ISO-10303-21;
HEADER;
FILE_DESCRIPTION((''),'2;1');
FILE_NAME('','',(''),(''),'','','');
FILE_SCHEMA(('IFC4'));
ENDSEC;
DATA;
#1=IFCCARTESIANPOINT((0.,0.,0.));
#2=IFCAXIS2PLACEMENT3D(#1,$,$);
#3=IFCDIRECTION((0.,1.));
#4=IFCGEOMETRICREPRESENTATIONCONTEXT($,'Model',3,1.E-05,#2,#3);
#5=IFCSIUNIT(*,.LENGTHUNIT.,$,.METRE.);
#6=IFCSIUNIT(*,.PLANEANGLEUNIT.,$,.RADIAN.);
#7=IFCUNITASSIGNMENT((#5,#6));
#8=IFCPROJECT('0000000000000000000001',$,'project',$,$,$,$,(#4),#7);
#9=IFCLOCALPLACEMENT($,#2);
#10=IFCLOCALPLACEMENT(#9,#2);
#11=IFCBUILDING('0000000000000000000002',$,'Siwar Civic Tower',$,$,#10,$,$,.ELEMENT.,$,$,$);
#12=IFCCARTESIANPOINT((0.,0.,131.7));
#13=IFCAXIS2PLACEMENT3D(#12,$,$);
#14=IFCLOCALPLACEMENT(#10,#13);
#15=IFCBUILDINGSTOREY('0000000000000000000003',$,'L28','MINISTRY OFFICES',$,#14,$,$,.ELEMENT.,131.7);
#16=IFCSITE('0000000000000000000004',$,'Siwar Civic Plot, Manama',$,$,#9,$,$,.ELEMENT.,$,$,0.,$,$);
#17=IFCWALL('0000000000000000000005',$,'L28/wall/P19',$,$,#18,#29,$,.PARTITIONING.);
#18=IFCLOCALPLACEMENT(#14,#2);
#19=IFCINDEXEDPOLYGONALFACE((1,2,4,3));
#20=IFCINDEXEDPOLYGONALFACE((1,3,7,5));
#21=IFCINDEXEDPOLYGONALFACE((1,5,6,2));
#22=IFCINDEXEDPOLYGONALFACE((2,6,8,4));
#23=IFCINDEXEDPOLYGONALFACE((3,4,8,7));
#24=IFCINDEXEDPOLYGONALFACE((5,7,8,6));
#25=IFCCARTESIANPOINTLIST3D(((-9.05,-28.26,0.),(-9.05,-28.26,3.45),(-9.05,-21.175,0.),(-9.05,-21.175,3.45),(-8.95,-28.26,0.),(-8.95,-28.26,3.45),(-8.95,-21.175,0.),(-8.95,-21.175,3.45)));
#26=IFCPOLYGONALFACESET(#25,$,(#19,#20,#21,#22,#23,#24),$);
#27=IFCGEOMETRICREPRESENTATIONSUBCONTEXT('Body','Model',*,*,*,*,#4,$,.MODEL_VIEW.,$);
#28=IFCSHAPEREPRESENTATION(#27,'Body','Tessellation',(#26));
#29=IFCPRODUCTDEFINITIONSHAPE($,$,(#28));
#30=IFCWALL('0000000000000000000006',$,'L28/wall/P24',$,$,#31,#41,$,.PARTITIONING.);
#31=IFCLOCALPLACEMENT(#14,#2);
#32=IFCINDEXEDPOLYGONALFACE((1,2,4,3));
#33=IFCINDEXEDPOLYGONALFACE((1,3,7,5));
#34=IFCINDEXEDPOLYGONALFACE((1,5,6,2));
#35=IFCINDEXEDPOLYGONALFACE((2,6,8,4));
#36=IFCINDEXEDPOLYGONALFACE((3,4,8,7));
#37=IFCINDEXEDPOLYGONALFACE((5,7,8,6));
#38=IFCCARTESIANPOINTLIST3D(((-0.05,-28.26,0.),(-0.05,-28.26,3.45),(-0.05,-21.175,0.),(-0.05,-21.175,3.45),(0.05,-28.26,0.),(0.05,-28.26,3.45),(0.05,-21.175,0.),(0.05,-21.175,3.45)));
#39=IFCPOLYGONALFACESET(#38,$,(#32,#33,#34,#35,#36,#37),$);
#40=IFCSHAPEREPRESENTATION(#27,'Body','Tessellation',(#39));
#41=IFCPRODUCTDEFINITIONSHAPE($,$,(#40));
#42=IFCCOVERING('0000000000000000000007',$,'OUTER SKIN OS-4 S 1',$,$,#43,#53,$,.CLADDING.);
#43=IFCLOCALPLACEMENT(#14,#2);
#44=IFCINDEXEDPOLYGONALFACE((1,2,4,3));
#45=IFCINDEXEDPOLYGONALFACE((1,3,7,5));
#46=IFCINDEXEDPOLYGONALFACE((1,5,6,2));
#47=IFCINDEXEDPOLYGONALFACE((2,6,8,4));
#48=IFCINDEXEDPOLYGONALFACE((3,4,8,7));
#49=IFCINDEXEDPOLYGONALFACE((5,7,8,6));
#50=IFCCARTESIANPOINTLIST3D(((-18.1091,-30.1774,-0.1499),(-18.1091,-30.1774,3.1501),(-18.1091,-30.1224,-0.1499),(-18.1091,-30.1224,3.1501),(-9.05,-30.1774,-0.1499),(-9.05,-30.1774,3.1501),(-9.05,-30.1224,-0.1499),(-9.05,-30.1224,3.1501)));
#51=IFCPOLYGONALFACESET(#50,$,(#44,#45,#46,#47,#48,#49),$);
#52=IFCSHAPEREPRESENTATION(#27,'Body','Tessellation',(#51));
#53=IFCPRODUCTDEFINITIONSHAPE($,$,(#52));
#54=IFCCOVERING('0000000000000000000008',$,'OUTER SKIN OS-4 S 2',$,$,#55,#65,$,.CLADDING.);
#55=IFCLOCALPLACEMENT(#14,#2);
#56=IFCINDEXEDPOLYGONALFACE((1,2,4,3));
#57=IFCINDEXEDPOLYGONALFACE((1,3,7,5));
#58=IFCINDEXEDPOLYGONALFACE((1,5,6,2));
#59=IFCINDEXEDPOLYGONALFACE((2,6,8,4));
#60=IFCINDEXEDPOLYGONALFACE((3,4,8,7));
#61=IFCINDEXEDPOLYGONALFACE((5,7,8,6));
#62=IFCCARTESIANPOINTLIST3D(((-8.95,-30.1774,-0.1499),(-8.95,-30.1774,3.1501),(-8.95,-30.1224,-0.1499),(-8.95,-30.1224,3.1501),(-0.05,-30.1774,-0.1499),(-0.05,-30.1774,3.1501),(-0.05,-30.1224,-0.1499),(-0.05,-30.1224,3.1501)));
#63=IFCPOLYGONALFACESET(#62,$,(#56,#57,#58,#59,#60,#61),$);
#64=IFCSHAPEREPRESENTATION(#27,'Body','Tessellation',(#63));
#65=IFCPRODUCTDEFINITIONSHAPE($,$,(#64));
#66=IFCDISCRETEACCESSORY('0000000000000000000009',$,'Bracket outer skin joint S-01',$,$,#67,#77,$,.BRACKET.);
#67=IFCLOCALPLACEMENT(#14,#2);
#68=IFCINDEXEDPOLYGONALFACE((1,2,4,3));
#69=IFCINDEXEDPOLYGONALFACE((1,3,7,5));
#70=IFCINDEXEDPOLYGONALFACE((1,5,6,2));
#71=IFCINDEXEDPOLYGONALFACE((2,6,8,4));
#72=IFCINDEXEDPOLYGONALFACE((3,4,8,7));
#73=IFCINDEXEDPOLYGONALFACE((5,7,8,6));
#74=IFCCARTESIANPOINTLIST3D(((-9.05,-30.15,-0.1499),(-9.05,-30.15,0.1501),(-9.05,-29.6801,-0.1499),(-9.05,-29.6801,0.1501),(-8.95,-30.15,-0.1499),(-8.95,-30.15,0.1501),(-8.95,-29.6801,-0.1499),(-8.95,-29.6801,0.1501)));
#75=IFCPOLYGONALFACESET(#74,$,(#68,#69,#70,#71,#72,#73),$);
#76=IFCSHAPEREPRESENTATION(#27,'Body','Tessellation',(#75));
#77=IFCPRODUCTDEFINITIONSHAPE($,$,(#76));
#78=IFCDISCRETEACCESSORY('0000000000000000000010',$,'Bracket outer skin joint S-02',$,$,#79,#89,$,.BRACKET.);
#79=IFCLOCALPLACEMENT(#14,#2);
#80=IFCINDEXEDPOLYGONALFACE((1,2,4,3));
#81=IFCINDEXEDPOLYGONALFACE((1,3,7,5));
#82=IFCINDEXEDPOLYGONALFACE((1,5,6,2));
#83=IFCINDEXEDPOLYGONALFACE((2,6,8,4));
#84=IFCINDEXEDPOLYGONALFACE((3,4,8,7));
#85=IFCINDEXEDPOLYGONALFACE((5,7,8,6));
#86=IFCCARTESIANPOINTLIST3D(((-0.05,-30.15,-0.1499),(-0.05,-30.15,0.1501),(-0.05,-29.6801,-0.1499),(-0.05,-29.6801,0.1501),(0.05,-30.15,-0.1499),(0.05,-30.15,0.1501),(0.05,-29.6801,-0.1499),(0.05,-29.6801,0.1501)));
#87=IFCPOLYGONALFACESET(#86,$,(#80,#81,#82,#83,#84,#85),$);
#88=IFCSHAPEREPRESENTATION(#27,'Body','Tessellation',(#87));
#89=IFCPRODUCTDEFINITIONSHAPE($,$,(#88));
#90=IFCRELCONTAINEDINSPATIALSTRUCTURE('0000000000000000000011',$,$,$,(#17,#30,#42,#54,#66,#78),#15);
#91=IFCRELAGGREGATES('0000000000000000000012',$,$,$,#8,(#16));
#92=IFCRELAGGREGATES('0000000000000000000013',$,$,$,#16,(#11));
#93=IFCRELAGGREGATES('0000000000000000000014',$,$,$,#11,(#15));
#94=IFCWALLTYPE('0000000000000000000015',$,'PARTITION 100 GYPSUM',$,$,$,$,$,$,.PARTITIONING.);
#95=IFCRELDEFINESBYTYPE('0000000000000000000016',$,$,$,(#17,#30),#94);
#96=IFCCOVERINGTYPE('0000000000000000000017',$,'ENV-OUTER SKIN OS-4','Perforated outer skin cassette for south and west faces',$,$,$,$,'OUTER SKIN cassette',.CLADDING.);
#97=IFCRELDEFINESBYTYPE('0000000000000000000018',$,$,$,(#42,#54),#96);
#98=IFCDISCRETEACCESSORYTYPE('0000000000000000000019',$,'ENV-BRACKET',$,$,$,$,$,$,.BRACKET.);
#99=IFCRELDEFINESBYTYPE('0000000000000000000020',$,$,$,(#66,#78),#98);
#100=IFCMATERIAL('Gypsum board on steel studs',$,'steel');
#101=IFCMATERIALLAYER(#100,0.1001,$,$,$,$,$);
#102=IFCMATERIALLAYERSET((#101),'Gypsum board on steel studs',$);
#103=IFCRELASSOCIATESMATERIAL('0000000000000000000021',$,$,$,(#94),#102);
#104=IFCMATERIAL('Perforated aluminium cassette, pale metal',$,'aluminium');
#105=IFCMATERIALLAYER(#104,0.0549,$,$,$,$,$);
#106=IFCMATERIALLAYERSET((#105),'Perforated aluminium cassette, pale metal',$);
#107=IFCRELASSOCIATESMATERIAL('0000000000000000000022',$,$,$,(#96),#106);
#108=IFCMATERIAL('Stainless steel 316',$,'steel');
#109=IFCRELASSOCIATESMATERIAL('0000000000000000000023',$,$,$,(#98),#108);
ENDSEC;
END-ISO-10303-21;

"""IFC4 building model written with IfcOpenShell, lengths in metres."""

from ifc_helpers import new_model, si_unit, direction, frame, frame_2d, origin, origin_2d, place, context, subcontext, project, spatial, rectangle, extrude, material, layer, layer_set, type_object, element, save


model = new_model("IFC4")

# Units and contexts
model_context = context("Model", 3, precision=1e-05, world=origin(), true_north=direction((0.0, 1.0)))
body_context = subcontext(model_context, "Body", "Model", "MODEL_VIEW")
ifc_project = project(units=[si_unit("LENGTHUNIT", "METRE"), si_unit("PLANEANGLEUNIT", "RADIAN")], contexts=[model_context])

# Site, building, storey
site_placement = place(None, origin())
site = spatial("IfcSite", under=ifc_project, at=site_placement, Name="Siwar Civic Plot, Manama", CompositionType="ELEMENT", RefElevation=0.0)
building_placement = place(site_placement, origin())
building = spatial("IfcBuilding", under=site, at=building_placement, Name="Siwar Civic Tower", CompositionType="ELEMENT")
storey_placement = place(building_placement, frame((0.0, 0.0, 131.7)))
storey = spatial("IfcBuildingStorey", under=building, at=storey_placement, Name="L28", Description="MINISTRY OFFICES", CompositionType="ELEMENT", Elevation=131.7)

# Walls
ifc_material_1 = material(Name="Gypsum board on steel studs", Category="steel")
ifc_layer_1 = layer(ifc_material_1, 0.1001)
ifc_layer_set_1 = layer_set([ifc_layer_1], Name="Gypsum board on steel studs")
wall_type_1 = type_object("IfcWallType", Name="PARTITION 100 GYPSUM", PredefinedType="PARTITIONING", material=ifc_layer_set_1)
for number, where, z_axis, x_axis, name in (
    (1, (-9.0, -28.26, 0.0), (0.0, 0.0, 1.0), (0.0, 1.0, 0.0), "L28/wall/P19"),
    (2, (0.0, -28.26, 0.0), (0.0, 0.0, 1.0), (0.0, 1.0, 0.0), "L28/wall/P24"),
):
    element("IfcWall", number, at=place(storey_placement, frame(where, z_axis=z_axis, x_axis=x_axis)), inside=storey, type_object=wall_type_1, Name=name, PredefinedType="PARTITIONING", context=body_context, shape_type="SweptSolid", body=[
        extrude(rectangle(XDim=7.085, YDim=0.1001, at=frame_2d((3.5425, 0.0))), origin(), (0.0, 0.0, 1.0), 3.45),
    ])

# Coverings
ifc_material_2 = material(Name="Perforated aluminium cassette, pale metal", Category="aluminium")
ifc_layer_2 = layer(ifc_material_2, 0.0549)
ifc_layer_set_2 = layer_set([ifc_layer_2], Name="Perforated aluminium cassette, pale metal")
covering_type = type_object("IfcCoveringType", Name="ENV-OUTER SKIN OS-4", Description="Perforated outer skin cassette for south and west faces", ElementType="OUTER SKIN cassette", PredefinedType="CLADDING", material=ifc_layer_set_2)
covering_1_placement = place(storey_placement, frame((-13.5796, -30.1499, -0.1499), z_axis=(0.0, 0.0, 1.0), x_axis=(1.0, 0.0, 0.0)))
element("IfcCovering", 3, at=covering_1_placement, inside=storey, type_object=covering_type, Name="OUTER SKIN OS-4 S 1", PredefinedType="CLADDING", context=body_context, shape_type="SweptSolid", body=[
    extrude(rectangle(XDim=9.0591, YDim=0.0549, at=origin_2d()), origin(), (0.0, 0.0, 1.0), 3.3),
])
covering_2_placement = place(storey_placement, frame((-4.5, -30.1499, -0.1499), z_axis=(0.0, 0.0, 1.0), x_axis=(1.0, 0.0, 0.0)))
element("IfcCovering", 4, at=covering_2_placement, inside=storey, type_object=covering_type, Name="OUTER SKIN OS-4 S 2", PredefinedType="CLADDING", context=body_context, shape_type="SweptSolid", body=[
    extrude(rectangle(XDim=8.8999, YDim=0.0549, at=origin_2d()), origin(), (0.0, 0.0, 1.0), 3.3),
])

# Discrete accessories
ifc_material_3 = material(Name="Stainless steel 316", Category="steel")
discrete_accessory_type = type_object("IfcDiscreteAccessoryType", Name="ENV-BRACKET", PredefinedType="BRACKET", material=ifc_material_3)
for number, where, z_axis, x_axis, name in (
    (5, (-9.0, -29.915, -0.1499), (0.0, 0.0, 1.0), (0.0, -1.0, 0.0), "Bracket outer skin joint S-01"),
    (6, (0.0, -29.915, -0.1499), (0.0, 0.0, 1.0), (0.0, -1.0, 0.0), "Bracket outer skin joint S-02"),
):
    element("IfcDiscreteAccessory", number, at=place(storey_placement, frame(where, z_axis=z_axis, x_axis=x_axis)), inside=storey, type_object=discrete_accessory_type, Name=name, PredefinedType="BRACKET", context=body_context, shape_type="SweptSolid", body=[
        extrude(rectangle(XDim=0.47, YDim=0.1001, at=origin_2d()), origin(), (0.0, 0.0, 1.0), 0.3),
    ])

save(model, "model.ifc")
